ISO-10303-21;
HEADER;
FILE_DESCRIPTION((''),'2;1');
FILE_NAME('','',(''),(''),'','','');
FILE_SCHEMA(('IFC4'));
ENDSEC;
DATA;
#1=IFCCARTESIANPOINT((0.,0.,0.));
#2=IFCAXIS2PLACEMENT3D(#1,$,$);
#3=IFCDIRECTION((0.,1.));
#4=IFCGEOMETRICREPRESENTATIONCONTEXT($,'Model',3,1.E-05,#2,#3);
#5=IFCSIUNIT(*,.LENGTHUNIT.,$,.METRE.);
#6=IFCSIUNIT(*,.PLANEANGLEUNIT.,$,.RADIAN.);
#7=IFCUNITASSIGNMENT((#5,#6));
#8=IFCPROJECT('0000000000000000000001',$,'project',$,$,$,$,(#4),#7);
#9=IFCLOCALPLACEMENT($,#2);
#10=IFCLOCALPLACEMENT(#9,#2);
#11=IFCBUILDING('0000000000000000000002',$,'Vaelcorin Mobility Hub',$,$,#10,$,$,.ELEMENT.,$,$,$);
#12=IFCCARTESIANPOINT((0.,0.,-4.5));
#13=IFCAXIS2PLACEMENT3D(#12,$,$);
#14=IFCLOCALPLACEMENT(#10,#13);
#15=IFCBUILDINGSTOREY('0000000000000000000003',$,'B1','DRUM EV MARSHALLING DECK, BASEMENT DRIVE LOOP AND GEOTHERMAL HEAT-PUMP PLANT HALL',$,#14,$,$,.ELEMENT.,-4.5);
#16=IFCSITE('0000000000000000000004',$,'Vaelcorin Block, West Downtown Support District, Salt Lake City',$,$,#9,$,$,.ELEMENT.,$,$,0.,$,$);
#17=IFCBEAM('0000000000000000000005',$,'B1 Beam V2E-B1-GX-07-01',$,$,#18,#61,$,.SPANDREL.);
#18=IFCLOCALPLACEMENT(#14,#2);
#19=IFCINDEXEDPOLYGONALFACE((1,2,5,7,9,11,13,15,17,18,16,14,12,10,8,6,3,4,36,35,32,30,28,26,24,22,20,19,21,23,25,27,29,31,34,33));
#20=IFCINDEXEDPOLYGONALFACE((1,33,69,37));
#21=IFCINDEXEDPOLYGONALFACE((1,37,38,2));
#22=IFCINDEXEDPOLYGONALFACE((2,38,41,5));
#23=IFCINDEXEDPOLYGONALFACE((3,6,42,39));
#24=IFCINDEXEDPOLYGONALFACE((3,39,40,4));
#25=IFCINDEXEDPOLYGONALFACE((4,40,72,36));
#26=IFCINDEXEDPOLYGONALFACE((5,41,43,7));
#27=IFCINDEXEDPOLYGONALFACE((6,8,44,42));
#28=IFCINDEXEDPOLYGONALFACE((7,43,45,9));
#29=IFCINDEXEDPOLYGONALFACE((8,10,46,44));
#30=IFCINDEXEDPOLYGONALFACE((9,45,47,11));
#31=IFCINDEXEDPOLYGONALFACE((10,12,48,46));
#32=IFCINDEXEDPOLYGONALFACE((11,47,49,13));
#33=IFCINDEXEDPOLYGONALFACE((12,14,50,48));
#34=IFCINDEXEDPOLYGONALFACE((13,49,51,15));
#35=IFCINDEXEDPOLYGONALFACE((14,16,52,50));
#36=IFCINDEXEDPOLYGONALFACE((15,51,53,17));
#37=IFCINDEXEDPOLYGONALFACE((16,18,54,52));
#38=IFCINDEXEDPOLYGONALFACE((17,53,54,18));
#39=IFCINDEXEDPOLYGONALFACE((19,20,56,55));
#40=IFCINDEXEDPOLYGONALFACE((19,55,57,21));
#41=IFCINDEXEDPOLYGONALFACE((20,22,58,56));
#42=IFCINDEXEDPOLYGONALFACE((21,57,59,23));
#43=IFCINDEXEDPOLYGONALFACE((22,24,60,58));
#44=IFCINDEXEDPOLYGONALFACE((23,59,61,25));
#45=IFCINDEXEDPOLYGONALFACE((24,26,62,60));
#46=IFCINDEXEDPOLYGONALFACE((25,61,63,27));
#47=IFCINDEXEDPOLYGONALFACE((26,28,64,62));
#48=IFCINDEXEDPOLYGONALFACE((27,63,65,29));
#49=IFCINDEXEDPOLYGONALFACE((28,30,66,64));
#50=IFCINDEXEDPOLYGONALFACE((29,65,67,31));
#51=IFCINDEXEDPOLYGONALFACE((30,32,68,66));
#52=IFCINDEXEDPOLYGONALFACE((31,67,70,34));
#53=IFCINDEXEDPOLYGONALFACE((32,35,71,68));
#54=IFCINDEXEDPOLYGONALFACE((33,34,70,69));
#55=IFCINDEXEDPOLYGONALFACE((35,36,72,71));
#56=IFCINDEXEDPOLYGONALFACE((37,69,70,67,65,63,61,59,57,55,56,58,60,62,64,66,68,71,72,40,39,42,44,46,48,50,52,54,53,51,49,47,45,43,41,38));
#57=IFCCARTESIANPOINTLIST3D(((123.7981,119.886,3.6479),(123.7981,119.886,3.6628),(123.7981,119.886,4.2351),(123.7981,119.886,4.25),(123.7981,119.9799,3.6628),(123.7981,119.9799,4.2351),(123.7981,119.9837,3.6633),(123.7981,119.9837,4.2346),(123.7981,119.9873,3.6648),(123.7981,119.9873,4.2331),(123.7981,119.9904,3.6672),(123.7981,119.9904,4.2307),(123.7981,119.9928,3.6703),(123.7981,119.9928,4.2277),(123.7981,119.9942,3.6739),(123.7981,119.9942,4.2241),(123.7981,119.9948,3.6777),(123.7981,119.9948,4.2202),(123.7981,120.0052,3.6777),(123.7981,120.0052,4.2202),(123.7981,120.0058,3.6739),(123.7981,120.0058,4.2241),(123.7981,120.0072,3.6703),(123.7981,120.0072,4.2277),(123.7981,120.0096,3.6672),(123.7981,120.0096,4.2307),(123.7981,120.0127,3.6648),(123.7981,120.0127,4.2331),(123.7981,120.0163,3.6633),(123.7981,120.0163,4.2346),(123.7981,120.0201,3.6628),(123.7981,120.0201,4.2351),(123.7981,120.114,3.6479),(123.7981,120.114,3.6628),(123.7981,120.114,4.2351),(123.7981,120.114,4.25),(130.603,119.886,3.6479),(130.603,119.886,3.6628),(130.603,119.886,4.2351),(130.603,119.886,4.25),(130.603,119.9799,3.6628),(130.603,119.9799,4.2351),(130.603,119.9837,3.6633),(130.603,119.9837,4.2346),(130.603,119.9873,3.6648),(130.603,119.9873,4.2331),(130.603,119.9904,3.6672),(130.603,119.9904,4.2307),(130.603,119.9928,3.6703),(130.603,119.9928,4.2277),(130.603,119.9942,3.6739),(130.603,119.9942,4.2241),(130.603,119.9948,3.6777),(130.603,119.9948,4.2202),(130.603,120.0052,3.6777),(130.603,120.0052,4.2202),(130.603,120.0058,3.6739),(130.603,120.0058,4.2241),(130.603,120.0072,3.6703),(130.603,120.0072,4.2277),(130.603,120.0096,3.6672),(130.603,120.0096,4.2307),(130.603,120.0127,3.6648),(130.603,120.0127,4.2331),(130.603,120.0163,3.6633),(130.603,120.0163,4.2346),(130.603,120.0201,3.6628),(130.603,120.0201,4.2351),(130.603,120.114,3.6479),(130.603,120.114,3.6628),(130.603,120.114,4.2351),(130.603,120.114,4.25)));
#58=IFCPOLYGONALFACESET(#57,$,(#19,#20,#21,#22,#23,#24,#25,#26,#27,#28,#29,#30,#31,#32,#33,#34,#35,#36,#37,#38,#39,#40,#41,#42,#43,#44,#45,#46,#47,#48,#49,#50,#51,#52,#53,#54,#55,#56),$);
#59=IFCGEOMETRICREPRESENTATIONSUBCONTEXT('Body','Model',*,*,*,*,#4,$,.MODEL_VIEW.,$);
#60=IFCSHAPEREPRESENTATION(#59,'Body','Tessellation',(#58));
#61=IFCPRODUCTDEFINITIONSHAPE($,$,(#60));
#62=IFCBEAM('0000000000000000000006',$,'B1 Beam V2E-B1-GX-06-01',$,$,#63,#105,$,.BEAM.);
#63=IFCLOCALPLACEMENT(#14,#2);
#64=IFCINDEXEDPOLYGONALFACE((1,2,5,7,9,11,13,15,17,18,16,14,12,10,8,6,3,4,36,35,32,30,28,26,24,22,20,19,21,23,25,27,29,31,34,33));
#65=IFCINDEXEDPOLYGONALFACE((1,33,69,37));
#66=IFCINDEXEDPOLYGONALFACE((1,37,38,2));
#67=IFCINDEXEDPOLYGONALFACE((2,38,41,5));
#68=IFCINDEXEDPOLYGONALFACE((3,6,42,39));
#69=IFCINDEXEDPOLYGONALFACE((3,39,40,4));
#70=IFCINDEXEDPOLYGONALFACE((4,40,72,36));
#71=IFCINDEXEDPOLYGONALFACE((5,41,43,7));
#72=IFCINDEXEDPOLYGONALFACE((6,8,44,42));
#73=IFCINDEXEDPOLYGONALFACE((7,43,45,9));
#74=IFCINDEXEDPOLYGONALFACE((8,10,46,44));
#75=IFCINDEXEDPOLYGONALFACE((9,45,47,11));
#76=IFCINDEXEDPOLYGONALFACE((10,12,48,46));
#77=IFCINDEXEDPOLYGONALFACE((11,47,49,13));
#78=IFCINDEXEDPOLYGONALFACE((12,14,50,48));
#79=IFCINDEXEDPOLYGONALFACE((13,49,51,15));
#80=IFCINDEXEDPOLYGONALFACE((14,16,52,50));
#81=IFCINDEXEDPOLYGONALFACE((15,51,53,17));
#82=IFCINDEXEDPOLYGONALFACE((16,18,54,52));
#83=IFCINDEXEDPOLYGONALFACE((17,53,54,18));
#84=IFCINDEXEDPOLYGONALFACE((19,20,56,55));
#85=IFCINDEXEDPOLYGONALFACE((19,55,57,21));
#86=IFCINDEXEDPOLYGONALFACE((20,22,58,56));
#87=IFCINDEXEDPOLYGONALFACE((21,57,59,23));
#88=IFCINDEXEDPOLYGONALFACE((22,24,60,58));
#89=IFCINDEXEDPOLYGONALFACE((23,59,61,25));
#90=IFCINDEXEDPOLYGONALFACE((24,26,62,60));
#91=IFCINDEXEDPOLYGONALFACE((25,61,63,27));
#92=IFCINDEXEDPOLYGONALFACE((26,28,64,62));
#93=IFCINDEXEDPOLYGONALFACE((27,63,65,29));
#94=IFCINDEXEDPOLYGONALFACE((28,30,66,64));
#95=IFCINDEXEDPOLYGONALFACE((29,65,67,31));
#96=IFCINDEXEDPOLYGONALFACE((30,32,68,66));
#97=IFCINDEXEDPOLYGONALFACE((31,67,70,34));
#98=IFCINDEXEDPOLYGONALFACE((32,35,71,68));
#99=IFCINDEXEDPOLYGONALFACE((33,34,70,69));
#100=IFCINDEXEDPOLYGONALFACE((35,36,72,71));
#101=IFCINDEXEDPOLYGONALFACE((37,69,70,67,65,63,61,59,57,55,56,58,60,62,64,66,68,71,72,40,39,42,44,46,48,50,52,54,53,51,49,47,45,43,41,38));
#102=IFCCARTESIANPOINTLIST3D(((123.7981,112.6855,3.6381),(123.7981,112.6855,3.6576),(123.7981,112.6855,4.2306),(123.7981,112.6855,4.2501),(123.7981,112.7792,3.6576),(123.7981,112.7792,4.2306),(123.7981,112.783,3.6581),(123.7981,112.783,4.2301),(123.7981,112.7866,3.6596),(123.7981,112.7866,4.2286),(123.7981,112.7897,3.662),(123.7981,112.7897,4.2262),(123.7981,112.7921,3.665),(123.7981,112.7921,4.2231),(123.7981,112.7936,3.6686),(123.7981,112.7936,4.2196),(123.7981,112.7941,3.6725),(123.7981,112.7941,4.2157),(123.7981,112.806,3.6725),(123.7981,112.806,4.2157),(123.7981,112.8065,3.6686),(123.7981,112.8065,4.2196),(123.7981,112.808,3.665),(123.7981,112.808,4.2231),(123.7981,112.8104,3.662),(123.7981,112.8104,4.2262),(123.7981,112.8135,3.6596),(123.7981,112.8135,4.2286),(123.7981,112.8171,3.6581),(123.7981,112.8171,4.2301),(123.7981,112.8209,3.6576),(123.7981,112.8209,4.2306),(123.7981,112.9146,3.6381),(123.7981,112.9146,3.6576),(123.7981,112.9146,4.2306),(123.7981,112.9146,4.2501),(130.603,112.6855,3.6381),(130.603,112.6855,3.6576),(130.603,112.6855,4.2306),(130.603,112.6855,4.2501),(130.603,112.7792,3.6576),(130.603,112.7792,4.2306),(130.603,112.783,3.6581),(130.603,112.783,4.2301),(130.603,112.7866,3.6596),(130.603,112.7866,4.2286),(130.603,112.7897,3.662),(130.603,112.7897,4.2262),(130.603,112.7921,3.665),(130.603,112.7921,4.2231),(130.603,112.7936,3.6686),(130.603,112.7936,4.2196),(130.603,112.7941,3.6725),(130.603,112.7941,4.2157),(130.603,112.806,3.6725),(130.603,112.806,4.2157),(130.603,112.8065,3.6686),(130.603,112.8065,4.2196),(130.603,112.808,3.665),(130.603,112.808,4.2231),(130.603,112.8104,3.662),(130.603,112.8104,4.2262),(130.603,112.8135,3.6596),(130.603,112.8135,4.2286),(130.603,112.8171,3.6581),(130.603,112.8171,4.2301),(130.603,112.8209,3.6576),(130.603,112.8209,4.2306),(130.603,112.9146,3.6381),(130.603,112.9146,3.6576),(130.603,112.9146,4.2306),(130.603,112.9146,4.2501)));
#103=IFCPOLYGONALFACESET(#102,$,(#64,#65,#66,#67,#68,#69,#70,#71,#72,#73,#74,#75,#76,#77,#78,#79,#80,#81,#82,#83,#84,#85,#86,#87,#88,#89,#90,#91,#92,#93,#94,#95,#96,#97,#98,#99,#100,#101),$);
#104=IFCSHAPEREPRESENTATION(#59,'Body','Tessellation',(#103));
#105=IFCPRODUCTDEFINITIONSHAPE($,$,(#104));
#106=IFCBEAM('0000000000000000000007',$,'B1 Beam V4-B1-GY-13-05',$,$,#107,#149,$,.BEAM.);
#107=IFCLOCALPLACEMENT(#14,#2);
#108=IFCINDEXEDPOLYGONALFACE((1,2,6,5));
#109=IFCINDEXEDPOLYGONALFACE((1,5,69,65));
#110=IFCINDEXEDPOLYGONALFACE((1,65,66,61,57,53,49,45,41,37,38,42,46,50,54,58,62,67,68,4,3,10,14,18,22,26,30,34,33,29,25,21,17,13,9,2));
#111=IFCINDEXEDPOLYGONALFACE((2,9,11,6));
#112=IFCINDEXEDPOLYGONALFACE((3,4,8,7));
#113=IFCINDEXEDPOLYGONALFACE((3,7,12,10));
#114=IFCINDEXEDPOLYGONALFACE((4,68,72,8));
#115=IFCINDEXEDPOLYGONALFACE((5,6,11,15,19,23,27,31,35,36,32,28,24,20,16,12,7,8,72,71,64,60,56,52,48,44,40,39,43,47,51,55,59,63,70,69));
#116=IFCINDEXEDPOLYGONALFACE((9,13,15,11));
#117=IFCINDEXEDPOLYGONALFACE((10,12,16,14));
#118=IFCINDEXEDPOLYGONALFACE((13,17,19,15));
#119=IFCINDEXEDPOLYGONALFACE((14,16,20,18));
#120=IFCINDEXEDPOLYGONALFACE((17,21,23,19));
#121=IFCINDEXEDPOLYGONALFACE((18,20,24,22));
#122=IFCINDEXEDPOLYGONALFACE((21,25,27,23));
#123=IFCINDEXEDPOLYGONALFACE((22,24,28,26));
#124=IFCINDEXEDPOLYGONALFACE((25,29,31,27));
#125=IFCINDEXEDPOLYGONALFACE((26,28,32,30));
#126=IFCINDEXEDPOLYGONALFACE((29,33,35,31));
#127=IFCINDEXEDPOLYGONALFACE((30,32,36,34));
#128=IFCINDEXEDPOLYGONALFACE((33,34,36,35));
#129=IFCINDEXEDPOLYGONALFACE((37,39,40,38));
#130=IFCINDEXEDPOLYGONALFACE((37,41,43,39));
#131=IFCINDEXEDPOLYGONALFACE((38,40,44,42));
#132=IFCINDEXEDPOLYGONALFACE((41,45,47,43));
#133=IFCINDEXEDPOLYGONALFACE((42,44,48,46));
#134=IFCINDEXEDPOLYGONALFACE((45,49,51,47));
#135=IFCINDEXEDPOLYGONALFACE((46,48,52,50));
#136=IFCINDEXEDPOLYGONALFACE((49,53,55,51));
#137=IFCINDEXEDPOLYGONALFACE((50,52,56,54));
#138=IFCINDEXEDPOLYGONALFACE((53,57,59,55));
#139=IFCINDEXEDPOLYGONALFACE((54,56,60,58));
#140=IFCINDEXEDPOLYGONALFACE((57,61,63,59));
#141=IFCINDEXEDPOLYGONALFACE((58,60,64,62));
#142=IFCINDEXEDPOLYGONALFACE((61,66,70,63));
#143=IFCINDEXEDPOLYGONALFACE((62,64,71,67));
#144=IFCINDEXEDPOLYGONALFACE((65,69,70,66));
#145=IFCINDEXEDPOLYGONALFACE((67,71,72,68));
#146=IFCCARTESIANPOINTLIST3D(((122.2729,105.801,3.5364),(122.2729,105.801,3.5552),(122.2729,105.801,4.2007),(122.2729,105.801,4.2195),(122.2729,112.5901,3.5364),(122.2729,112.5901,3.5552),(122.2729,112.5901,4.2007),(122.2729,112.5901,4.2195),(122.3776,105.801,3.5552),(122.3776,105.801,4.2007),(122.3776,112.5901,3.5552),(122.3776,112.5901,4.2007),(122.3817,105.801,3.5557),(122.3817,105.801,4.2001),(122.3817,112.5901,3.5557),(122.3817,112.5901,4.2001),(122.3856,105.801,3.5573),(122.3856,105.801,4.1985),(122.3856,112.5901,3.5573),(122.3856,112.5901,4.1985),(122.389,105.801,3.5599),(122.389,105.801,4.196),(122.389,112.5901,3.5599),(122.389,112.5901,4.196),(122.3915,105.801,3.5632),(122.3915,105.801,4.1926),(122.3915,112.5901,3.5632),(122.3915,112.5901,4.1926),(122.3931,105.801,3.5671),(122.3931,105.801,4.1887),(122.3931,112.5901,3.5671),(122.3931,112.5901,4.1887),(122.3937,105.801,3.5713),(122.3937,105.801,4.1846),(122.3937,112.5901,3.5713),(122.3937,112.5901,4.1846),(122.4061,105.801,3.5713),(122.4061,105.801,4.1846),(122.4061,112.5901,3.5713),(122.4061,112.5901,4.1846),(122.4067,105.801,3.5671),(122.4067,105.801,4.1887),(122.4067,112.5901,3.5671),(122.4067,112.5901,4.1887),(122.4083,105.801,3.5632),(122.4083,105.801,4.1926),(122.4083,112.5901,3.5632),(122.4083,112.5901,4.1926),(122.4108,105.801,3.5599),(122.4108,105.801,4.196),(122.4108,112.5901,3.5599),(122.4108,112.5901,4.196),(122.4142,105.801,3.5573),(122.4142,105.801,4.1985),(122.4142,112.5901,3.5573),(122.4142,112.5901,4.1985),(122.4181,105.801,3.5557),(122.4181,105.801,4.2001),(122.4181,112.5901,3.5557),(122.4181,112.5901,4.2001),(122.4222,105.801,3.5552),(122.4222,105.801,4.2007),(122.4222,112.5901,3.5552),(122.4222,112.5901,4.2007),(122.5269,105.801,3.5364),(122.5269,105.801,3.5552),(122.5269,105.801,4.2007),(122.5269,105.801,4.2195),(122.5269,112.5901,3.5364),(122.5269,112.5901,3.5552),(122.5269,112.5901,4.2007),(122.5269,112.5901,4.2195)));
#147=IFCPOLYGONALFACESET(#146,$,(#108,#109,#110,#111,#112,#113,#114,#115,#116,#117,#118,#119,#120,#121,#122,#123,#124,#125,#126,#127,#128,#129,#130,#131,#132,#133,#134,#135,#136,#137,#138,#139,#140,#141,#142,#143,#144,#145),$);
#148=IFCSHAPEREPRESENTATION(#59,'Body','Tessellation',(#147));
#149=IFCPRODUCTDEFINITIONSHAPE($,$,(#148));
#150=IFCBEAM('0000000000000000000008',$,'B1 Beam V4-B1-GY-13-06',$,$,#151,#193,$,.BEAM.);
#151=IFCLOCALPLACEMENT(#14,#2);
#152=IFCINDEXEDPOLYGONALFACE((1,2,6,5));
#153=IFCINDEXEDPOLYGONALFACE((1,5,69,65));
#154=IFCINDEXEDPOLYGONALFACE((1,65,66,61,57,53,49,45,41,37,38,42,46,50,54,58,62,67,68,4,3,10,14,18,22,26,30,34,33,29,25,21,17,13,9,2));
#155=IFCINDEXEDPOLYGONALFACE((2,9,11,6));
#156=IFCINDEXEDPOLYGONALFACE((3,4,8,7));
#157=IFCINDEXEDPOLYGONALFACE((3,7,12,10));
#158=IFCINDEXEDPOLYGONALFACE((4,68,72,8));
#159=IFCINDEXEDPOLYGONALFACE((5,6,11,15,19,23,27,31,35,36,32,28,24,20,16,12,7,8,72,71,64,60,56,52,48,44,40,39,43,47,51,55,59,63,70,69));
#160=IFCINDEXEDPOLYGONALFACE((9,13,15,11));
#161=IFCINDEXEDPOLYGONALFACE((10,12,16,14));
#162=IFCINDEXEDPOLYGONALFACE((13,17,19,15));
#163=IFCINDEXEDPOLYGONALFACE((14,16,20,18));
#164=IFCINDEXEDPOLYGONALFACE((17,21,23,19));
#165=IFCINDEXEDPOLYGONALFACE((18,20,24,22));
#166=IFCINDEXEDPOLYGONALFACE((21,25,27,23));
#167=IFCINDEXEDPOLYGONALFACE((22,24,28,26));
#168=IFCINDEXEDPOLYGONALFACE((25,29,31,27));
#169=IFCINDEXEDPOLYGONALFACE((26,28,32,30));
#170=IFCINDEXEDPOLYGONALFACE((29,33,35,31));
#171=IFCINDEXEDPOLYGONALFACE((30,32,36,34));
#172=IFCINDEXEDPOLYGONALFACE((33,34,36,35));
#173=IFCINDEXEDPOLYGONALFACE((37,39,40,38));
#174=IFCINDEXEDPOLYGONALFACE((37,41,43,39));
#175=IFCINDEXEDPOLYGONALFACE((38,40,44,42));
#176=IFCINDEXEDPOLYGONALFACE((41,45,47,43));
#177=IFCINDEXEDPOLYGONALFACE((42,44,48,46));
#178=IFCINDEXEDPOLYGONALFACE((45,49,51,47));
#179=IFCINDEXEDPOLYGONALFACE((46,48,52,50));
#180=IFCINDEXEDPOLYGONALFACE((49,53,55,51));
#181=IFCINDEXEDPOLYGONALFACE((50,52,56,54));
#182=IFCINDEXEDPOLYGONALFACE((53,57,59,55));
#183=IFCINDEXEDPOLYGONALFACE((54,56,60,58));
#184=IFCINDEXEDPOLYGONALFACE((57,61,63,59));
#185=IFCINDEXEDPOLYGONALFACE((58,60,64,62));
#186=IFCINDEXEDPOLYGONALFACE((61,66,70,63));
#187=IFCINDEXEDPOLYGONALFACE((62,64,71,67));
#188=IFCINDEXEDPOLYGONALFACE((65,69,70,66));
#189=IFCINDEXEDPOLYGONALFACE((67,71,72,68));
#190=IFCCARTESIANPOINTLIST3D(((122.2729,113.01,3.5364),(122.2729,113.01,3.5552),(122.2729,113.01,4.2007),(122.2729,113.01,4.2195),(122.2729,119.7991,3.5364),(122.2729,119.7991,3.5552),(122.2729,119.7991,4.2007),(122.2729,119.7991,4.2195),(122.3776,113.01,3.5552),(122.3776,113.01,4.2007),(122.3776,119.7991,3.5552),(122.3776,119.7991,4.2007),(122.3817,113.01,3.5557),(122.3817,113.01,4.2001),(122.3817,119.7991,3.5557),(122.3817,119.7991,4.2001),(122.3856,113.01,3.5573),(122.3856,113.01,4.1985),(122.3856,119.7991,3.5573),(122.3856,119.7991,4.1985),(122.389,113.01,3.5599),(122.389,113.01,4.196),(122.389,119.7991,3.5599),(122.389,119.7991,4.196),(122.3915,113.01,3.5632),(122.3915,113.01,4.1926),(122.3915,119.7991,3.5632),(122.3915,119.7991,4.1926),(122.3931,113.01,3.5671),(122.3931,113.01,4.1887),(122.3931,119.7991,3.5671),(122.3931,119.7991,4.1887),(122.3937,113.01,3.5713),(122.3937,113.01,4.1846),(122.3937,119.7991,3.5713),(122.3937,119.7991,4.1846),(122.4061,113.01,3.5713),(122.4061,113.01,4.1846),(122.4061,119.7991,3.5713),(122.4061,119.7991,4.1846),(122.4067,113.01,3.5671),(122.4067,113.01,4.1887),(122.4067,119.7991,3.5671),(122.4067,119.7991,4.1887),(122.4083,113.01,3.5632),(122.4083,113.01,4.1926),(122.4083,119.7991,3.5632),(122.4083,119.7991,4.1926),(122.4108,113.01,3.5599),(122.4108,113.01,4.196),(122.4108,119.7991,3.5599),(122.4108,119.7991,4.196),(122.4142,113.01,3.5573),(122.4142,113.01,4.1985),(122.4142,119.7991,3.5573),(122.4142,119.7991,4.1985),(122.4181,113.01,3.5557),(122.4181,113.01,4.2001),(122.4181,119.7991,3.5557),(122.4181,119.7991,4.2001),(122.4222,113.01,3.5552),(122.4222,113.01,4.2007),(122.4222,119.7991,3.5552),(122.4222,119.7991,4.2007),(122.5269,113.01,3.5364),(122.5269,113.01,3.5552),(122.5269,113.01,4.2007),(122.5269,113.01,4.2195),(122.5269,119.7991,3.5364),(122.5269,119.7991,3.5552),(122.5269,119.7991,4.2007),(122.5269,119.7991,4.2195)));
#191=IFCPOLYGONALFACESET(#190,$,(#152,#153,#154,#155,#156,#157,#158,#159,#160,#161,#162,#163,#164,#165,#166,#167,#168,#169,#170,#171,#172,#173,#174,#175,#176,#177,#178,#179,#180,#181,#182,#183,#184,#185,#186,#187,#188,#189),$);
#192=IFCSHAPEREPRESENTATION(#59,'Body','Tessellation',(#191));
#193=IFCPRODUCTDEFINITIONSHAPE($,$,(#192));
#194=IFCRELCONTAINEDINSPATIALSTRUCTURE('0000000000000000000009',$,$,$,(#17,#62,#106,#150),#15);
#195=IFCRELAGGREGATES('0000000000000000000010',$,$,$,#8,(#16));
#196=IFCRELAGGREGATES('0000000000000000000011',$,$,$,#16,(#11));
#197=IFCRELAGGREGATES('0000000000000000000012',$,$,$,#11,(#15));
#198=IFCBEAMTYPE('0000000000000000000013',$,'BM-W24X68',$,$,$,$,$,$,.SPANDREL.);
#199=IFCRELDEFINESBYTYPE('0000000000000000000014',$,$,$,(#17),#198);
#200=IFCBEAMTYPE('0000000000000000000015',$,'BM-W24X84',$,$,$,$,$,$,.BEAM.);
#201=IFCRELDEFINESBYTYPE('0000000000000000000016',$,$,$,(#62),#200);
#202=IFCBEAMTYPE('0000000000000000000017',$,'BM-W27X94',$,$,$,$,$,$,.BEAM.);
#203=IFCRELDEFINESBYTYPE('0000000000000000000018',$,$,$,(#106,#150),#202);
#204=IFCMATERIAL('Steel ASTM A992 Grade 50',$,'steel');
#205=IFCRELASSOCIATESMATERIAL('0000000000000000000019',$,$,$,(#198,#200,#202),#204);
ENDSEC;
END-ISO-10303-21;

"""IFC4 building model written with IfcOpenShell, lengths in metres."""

from ifc_helpers import new_model, si_unit, direction, frame, origin, origin_2d, place, context, subcontext, project, spatial, i_section, extrude, material, material_profile, profile_set, type_object, element, save


model = new_model("IFC4")

# Units and contexts
model_context = context("Model", 3, precision=1e-05, world=origin(), true_north=direction((0.0, 1.0)))
body_context = subcontext(model_context, "Body", "Model", "MODEL_VIEW")
ifc_project = project(units=[si_unit("LENGTHUNIT", "METRE"), si_unit("PLANEANGLEUNIT", "RADIAN")], contexts=[model_context])

# Site, building, storey
site_placement = place(None, origin())
site = spatial("IfcSite", under=ifc_project, at=site_placement, Name="Vaelcorin Block, West Downtown Support District, Salt Lake City", CompositionType="ELEMENT", RefElevation=0.0)
building_placement = place(site_placement, origin())
building = spatial("IfcBuilding", under=site, at=building_placement, Name="Vaelcorin Mobility Hub", CompositionType="ELEMENT")
storey_placement = place(building_placement, frame((0.0, 0.0, -4.5)))
storey = spatial("IfcBuildingStorey", under=building, at=storey_placement, Name="B1", Description="DRUM EV MARSHALLING DECK, BASEMENT DRIVE LOOP AND GEOTHERMAL HEAT-PUMP PLANT HALL", CompositionType="ELEMENT", Elevation=-4.5)

# Shared definitions
ifc_material_1 = material(Name="Steel ASTM A992 Grade 50", Category="steel")

# Beams
ifc_material_profile_1 = material_profile(ifc_material_1, i_section(OverallWidth=0.228, OverallDepth=0.6021, WebThickness=0.0105, FlangeThickness=0.0149, FilletRadius=0.0149, at=origin_2d()), Name="W24X68")
ifc_profile_set_1 = profile_set([ifc_material_profile_1], Name="Steel ASTM A992 Grade 50")
beam_type_1 = type_object("IfcBeamType", Name="BM-W24X68", PredefinedType="SPANDREL", material=ifc_profile_set_1)
beam_1_placement = place(storey_placement, frame((123.7981, 120.0, 3.949), z_axis=(1.0, 0.0, 0.0), x_axis=(0.0, 1.0, 0.0)))
element("IfcBeam", 1, at=beam_1_placement, inside=storey, type_object=beam_type_1, Name="B1 Beam V2E-B1-GX-07-01", PredefinedType="SPANDREL", context=body_context, shape_type="SweptSolid", body=[
    extrude(i_section(OverallWidth=0.228, OverallDepth=0.6021, WebThickness=0.0105, FlangeThickness=0.0149, FilletRadius=0.0149, at=origin_2d()), origin(), (0.0, 0.0, 1.0), 6.8049),
])
ifc_material_profile_2 = material_profile(ifc_material_1, i_section(OverallWidth=0.229, OverallDepth=0.6121, WebThickness=0.012, FlangeThickness=0.0195, FilletRadius=0.0149, at=origin_2d()), Name="W24X84")
ifc_profile_set_2 = profile_set([ifc_material_profile_2], Name="Steel ASTM A992 Grade 50")
beam_type_2 = type_object("IfcBeamType", Name="BM-W24X84", PredefinedType="BEAM", material=ifc_profile_set_2)
beam_2_placement = place(storey_placement, frame((123.7981, 112.8, 3.9441), z_axis=(1.0, 0.0, 0.0), x_axis=(0.0, 1.0, 0.0)))
element("IfcBeam", 2, at=beam_2_placement, inside=storey, type_object=beam_type_2, Name="B1 Beam V2E-B1-GX-06-01", PredefinedType="BEAM", context=body_context, shape_type="SweptSolid", body=[
    extrude(i_section(OverallWidth=0.229, OverallDepth=0.6121, WebThickness=0.012, FlangeThickness=0.0195, FilletRadius=0.0149, at=origin_2d()), origin(), (0.0, 0.0, 1.0), 6.8049),
])
ifc_material_profile_3 = material_profile(ifc_material_1, i_section(OverallWidth=0.2539, OverallDepth=0.6831, WebThickness=0.0125, FlangeThickness=0.0188, FilletRadius=0.0161, at=origin_2d()), Name="W27X94")
ifc_profile_set_3 = profile_set([ifc_material_profile_3], Name="Steel ASTM A992 Grade 50")
beam_type_3 = type_object("IfcBeamType", Name="BM-W27X94", PredefinedType="BEAM", material=ifc_profile_set_3)
for number, where, z_axis, x_axis, name in (
    (3, (122.3999, 105.801, 3.8779), (0.0, 1.0, 0.0), (-1.0, 0.0, 0.0), "B1 Beam V4-B1-GY-13-05"),
    (4, (122.3999, 113.01, 3.8779), (0.0, 1.0, 0.0), (-1.0, 0.0, 0.0), "B1 Beam V4-B1-GY-13-06"),
):
    element("IfcBeam", number, at=place(storey_placement, frame(where, z_axis=z_axis, x_axis=x_axis)), inside=storey, type_object=beam_type_3, Name=name, PredefinedType="BEAM", context=body_context, shape_type="SweptSolid", body=[
        extrude(i_section(OverallWidth=0.2539, OverallDepth=0.6831, WebThickness=0.0125, FlangeThickness=0.0188, FilletRadius=0.0161, at=origin_2d()), origin(), (0.0, 0.0, 1.0), 6.7891),
    ])

save(model, "model.ifc")
